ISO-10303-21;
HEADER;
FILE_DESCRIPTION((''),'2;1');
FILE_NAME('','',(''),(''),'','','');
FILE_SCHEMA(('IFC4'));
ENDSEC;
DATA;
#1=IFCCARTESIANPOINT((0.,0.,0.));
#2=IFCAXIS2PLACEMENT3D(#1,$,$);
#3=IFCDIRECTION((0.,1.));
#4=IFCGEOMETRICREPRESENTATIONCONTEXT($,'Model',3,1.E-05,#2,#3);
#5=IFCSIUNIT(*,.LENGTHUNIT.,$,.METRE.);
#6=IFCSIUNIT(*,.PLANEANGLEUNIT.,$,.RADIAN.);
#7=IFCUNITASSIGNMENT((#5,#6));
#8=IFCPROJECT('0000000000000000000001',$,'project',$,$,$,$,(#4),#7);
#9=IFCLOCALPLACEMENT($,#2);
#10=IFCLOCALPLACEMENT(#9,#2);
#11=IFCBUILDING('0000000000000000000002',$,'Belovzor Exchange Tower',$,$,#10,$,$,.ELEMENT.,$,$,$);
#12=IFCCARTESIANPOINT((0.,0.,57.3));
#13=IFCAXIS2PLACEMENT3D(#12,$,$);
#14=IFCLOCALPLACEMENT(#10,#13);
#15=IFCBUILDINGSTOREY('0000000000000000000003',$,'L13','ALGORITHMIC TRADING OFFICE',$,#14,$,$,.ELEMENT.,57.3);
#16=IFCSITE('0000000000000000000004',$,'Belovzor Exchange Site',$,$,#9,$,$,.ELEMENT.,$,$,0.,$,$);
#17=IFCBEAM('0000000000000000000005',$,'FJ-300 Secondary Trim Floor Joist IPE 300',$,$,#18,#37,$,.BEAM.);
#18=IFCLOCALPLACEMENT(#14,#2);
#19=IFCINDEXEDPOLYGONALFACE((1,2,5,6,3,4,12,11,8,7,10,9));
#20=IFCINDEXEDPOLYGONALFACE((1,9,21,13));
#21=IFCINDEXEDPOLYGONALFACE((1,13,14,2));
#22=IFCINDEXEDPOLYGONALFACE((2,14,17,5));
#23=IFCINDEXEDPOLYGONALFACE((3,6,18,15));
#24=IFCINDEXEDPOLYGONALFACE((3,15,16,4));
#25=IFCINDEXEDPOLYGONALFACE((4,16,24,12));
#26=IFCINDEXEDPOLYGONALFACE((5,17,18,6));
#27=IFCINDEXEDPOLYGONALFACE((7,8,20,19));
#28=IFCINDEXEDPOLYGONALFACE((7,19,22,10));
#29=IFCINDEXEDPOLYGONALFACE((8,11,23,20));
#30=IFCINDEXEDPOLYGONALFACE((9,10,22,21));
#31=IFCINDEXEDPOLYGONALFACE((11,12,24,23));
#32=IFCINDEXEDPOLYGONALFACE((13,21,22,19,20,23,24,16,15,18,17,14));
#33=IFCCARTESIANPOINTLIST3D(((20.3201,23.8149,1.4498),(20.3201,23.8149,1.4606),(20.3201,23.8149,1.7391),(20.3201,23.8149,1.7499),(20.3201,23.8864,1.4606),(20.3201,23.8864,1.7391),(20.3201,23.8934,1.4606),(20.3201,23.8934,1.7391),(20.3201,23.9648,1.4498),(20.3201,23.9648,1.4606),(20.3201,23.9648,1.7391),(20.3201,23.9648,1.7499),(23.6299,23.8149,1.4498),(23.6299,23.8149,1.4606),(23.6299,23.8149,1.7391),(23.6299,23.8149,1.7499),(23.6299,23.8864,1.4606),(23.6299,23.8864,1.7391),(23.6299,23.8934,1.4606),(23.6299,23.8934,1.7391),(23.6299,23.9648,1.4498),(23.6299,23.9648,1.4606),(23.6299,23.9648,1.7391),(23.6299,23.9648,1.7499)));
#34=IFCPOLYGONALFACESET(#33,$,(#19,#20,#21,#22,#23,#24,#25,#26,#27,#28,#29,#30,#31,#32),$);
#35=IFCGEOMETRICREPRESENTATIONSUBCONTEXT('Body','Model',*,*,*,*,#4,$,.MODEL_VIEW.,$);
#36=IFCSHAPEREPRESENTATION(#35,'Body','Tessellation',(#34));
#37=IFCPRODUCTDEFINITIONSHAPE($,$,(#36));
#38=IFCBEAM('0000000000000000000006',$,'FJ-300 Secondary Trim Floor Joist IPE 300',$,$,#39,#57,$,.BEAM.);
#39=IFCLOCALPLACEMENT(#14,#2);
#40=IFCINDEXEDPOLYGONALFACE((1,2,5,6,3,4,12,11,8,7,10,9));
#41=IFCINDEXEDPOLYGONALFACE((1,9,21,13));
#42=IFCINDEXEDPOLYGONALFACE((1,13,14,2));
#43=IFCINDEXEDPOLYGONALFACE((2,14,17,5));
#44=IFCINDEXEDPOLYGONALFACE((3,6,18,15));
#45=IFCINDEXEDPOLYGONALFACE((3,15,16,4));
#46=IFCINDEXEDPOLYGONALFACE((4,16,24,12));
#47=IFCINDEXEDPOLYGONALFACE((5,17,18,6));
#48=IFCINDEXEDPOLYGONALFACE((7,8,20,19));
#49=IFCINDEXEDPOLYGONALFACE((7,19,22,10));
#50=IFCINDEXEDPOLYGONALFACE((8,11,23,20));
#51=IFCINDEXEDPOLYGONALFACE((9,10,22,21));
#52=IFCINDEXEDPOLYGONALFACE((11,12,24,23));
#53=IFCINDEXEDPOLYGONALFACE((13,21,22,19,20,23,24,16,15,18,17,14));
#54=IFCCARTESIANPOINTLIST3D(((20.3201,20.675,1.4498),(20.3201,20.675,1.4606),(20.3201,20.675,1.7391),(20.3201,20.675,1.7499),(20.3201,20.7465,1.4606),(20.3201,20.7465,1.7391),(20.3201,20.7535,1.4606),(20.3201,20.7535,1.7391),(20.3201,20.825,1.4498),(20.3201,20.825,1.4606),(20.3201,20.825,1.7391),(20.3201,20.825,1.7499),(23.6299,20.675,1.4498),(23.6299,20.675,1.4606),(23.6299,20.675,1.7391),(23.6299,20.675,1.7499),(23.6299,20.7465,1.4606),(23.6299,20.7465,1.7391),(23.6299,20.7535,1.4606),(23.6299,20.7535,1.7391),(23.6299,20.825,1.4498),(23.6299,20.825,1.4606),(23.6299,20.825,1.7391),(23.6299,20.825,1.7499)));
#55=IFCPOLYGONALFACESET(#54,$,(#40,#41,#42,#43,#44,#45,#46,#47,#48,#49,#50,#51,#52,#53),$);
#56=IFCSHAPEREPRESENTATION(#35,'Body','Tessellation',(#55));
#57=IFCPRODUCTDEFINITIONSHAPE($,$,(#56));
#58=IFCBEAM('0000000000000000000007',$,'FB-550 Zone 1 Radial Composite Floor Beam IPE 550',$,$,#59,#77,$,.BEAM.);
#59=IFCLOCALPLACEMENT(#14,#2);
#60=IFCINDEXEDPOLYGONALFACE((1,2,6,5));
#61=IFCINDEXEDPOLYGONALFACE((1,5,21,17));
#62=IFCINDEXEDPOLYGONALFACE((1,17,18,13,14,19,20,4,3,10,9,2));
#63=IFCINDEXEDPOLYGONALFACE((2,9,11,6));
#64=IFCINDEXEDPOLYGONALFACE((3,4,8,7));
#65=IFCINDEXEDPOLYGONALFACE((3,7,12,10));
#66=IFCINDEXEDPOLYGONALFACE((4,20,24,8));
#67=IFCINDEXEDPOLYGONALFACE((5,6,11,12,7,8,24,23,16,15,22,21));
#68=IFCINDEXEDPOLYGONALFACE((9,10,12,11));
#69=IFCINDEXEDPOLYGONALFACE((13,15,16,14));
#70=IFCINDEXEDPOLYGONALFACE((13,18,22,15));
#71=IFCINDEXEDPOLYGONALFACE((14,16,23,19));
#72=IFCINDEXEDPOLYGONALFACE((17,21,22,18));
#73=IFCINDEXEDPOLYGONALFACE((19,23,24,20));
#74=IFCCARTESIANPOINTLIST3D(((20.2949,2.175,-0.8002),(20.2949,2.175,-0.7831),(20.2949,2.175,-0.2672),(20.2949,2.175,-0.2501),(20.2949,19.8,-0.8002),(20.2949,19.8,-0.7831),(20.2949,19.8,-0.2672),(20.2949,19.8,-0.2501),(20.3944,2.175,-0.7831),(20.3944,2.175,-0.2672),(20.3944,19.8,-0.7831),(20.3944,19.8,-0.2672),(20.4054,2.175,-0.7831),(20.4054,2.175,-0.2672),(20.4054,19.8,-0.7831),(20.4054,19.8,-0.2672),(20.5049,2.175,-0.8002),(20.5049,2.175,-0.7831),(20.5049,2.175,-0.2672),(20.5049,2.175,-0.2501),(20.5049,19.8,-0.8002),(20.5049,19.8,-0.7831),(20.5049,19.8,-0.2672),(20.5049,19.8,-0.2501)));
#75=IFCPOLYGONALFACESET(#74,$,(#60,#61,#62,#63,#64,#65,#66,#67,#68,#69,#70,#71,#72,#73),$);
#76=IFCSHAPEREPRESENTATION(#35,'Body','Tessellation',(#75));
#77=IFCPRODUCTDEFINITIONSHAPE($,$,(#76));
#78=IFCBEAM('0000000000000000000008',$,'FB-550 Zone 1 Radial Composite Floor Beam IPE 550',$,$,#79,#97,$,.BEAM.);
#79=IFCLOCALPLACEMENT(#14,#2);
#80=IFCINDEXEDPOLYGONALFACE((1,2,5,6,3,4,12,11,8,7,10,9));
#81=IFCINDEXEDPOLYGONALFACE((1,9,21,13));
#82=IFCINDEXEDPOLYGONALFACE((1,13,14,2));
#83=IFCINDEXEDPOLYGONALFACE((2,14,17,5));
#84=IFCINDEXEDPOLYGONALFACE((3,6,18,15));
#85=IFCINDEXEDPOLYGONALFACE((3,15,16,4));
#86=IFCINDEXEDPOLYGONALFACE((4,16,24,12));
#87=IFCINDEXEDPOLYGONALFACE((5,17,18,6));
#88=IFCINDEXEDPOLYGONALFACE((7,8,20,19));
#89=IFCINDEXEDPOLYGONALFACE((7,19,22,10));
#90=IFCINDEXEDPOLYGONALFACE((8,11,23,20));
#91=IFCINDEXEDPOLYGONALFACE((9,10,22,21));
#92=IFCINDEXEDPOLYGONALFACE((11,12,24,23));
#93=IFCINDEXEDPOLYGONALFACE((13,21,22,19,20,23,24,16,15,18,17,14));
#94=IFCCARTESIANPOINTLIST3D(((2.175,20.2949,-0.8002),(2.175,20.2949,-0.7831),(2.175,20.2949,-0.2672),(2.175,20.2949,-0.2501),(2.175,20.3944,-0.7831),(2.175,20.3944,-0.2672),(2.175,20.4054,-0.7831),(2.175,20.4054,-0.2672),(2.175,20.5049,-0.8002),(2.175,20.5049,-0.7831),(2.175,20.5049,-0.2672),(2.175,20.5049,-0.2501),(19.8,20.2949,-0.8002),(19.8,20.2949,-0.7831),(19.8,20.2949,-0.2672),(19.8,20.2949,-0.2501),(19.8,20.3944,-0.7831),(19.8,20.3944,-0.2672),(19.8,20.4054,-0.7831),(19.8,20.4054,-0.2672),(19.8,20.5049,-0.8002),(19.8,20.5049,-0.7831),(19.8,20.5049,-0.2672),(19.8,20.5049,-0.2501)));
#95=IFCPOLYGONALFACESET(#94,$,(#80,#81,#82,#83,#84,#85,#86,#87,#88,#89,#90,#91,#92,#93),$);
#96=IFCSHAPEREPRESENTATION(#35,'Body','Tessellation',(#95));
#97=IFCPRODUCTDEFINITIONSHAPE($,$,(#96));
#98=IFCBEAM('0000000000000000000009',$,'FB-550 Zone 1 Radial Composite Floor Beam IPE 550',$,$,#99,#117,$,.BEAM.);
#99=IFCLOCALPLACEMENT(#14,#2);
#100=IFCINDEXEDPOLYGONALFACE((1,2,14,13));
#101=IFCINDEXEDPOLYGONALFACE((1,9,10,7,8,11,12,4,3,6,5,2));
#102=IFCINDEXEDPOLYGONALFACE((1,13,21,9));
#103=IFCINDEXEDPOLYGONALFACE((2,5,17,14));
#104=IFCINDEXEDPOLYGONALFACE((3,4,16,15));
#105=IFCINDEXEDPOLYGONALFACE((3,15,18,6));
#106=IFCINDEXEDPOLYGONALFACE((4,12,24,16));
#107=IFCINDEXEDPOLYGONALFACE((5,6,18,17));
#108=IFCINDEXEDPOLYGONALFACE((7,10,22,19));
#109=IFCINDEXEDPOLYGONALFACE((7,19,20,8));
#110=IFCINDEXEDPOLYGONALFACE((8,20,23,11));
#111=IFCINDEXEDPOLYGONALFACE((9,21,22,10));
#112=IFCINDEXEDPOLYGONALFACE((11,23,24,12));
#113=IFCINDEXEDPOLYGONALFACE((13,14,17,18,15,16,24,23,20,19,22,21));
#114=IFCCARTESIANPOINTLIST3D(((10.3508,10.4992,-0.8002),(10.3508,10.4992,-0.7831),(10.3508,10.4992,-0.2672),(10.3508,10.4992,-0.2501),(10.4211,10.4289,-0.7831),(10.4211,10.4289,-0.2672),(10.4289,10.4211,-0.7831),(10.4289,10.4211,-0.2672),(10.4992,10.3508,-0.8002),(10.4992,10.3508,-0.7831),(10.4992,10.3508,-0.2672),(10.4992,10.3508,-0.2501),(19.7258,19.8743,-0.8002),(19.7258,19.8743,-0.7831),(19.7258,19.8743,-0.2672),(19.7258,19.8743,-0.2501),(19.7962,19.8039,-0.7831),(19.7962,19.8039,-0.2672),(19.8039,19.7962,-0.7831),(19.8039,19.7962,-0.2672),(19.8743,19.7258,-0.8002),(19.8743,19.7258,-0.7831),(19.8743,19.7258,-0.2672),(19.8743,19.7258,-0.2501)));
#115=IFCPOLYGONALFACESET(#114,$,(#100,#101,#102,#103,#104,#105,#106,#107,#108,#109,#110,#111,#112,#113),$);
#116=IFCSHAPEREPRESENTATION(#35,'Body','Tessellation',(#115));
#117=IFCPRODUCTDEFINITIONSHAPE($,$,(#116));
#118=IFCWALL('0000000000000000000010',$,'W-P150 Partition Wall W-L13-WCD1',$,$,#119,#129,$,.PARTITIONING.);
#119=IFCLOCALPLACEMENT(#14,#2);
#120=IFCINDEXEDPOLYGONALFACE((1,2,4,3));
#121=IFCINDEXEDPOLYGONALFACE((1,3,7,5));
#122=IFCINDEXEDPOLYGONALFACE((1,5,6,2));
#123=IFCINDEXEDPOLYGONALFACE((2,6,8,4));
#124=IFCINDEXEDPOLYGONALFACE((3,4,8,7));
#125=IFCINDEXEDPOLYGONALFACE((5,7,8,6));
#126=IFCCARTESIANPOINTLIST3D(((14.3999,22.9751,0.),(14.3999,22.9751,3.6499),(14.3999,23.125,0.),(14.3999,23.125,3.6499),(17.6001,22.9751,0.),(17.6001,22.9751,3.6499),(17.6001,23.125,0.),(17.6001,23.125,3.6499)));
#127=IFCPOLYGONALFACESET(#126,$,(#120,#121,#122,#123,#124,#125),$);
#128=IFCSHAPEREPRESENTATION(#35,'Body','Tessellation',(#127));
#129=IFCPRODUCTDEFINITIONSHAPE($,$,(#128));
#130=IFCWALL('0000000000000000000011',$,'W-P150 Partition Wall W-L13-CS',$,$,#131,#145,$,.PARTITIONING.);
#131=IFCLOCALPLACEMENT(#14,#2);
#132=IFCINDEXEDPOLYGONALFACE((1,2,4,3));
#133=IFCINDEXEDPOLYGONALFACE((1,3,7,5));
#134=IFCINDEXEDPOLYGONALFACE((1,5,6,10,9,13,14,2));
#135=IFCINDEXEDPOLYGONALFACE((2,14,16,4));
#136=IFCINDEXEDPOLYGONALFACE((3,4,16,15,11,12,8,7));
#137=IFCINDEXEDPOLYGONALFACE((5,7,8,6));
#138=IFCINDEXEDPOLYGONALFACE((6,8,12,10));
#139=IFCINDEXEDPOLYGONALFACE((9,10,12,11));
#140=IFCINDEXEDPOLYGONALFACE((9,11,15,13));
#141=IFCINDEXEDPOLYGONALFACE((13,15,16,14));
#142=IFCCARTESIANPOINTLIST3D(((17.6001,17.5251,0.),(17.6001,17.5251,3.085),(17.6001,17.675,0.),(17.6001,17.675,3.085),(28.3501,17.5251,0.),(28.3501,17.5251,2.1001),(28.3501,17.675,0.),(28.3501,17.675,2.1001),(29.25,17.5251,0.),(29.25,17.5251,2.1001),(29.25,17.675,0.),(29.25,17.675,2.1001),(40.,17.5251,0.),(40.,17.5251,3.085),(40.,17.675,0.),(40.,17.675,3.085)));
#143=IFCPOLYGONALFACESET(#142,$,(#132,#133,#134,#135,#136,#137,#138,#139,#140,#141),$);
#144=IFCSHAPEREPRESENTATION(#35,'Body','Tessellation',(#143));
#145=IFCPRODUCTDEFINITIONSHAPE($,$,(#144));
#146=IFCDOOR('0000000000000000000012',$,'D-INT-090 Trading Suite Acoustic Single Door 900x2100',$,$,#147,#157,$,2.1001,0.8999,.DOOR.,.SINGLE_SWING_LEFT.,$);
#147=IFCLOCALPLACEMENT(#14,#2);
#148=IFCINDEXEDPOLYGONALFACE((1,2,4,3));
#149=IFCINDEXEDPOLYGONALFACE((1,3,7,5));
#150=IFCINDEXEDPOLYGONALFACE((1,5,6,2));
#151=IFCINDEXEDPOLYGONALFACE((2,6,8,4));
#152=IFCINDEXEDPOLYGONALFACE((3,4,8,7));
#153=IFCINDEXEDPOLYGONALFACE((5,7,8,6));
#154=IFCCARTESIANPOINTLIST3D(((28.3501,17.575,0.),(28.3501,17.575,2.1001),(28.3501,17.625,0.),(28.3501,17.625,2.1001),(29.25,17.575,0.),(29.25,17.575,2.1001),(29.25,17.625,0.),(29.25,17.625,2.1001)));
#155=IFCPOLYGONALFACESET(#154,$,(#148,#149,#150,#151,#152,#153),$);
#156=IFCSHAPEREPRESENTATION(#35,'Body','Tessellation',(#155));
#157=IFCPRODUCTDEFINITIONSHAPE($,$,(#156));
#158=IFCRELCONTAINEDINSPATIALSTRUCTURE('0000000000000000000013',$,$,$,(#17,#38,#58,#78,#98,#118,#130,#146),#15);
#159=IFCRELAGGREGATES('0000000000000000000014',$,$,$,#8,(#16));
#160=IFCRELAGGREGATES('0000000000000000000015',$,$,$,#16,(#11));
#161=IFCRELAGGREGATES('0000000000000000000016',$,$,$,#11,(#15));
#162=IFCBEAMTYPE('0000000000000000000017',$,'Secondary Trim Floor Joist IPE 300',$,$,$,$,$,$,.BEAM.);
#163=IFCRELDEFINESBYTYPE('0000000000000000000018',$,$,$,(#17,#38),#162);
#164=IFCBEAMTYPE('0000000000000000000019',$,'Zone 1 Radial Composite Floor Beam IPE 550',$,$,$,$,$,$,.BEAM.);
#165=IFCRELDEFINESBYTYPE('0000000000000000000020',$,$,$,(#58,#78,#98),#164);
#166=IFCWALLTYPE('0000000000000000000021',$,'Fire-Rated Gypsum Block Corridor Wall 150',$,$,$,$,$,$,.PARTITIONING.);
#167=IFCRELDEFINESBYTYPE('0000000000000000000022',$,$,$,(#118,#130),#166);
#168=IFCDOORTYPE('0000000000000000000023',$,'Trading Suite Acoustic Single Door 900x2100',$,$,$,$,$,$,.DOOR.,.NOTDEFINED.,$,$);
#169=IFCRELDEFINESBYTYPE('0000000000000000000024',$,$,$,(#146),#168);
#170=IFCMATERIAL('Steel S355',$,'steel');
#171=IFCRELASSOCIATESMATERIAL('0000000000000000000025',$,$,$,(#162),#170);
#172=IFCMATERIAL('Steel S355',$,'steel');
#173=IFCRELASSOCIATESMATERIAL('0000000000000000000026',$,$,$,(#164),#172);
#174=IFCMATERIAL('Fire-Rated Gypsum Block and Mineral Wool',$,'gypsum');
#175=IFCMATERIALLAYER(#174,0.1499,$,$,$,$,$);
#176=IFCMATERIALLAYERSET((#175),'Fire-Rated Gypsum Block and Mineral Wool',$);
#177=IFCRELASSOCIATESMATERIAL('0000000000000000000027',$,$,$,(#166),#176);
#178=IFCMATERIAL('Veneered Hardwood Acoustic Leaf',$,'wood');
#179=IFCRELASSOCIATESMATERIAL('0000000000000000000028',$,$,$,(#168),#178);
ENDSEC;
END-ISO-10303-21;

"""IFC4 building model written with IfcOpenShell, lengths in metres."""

from ifc_helpers import new_model, si_unit, direction, frame, frame_2d, origin, origin_2d, place, context, subcontext, project, spatial, rectangle, i_section, extrude, material, layer, layer_set, material_profile, profile_set, type_object, element, fill, save


model = new_model("IFC4")

# Units and contexts
model_context = context("Model", 3, precision=1e-05, world=origin(), true_north=direction((0.0, 1.0)))
body_context = subcontext(model_context, "Body", "Model", "MODEL_VIEW")
ifc_project = project(units=[si_unit("LENGTHUNIT", "METRE"), si_unit("PLANEANGLEUNIT", "RADIAN")], contexts=[model_context])

# Site, building, storey
site_placement = place(None, origin())
site = spatial("IfcSite", under=ifc_project, at=site_placement, Name="Belovzor Exchange Site", CompositionType="ELEMENT", RefElevation=0.0)
building_placement = place(site_placement, origin())
building = spatial("IfcBuilding", under=site, at=building_placement, Name="Belovzor Exchange Tower", CompositionType="ELEMENT")
storey_placement = place(building_placement, frame((0.0, 0.0, 57.3)))
storey = spatial("IfcBuildingStorey", under=building, at=storey_placement, Name="L13", Description="ALGORITHMIC TRADING OFFICE", CompositionType="ELEMENT", Elevation=57.3)

# Beams
ifc_material_1 = material(Name="Steel S355", Category="steel")
ifc_material_profile_1 = material_profile(ifc_material_1, i_section(OverallWidth=0.1499, OverallDepth=0.3, WebThickness=0.0071, FlangeThickness=0.0107, at=origin_2d()))
ifc_profile_set_1 = profile_set([ifc_material_profile_1], Name="Steel S355")
beam_type_1 = type_object("IfcBeamType", Name="Secondary Trim Floor Joist IPE 300", PredefinedType="BEAM", material=ifc_profile_set_1)
for number, where, z_axis, x_axis, name in (
    (1, (20.3201, 23.8899, 1.5999), (1.0, 0.0, 0.0), (0.0, 1.0, 0.0), "FJ-300 Secondary Trim Floor Joist IPE 300"),
    (2, (20.3201, 20.75, 1.5999), (1.0, 0.0, 0.0), (0.0, 1.0, 0.0), "FJ-300 Secondary Trim Floor Joist IPE 300"),
):
    element("IfcBeam", number, at=place(storey_placement, frame(where, z_axis=z_axis, x_axis=x_axis)), inside=storey, type_object=beam_type_1, Name=name, PredefinedType="BEAM", context=body_context, shape_type="SweptSolid", body=[
        extrude(i_section(OverallWidth=0.1499, OverallDepth=0.3, WebThickness=0.0071, FlangeThickness=0.0107, at=origin_2d()), origin(), (0.0, 0.0, 1.0), 3.3098),
    ])
ifc_material_2 = material(Name="Steel S355", Category="steel")
ifc_material_profile_2 = material_profile(ifc_material_2, i_section(OverallWidth=0.21, OverallDepth=0.55, WebThickness=0.011, FlangeThickness=0.0171, at=origin_2d()))
ifc_profile_set_2 = profile_set([ifc_material_profile_2], Name="Steel S355")
beam_type_2 = type_object("IfcBeamType", Name="Zone 1 Radial Composite Floor Beam IPE 550", PredefinedType="BEAM", material=ifc_profile_set_2)
for number, where, z_axis, x_axis, name in (
    (3, (20.3999, 19.8, -0.5251), (0.0, -1.0, 0.0), (1.0, 0.0, 0.0), "FB-550 Zone 1 Radial Composite Floor Beam IPE 550"),
    (4, (19.8, 20.3999, -0.5251), (-1.0, 0.0, 0.0), (0.0, -1.0, 0.0), "FB-550 Zone 1 Radial Composite Floor Beam IPE 550"),
):
    element("IfcBeam", number, at=place(storey_placement, frame(where, z_axis=z_axis, x_axis=x_axis)), inside=storey, type_object=beam_type_2, Name=name, PredefinedType="BEAM", context=body_context, shape_type="SweptSolid", body=[
        extrude(i_section(OverallWidth=0.21, OverallDepth=0.55, WebThickness=0.011, FlangeThickness=0.0171, at=origin_2d()), origin(), (0.0, 0.0, 1.0), 17.625),
    ])
beam_placement = place(storey_placement, frame((19.8, 19.8, -0.5251), z_axis=(-0.707107, -0.707107, 0.0), x_axis=(0.707107, -0.707107, 0.0)))
element("IfcBeam", 5, at=beam_placement, inside=storey, type_object=beam_type_2, Name="FB-550 Zone 1 Radial Composite Floor Beam IPE 550", PredefinedType="BEAM", context=body_context, shape_type="SweptSolid", body=[
    extrude(i_section(OverallWidth=0.21, OverallDepth=0.55, WebThickness=0.011, FlangeThickness=0.0171, at=origin_2d()), origin(), (0.0, 0.0, 1.0), 13.2583),
])

# Wall
ifc_material_3 = material(Name="Fire-Rated Gypsum Block and Mineral Wool", Category="gypsum")
ifc_layer_1 = layer(ifc_material_3, 0.1499)
ifc_layer_set_1 = layer_set([ifc_layer_1], Name="Fire-Rated Gypsum Block and Mineral Wool")
wall_type_1 = type_object("IfcWallType", Name="Fire-Rated Gypsum Block Corridor Wall 150", PredefinedType="PARTITIONING", material=ifc_layer_set_1)
wall_1_placement = place(storey_placement, frame((14.3999, 23.05, 0.0), z_axis=(0.0, 0.0, 1.0), x_axis=(1.0, 0.0, 0.0)))
element("IfcWall", 6, at=wall_1_placement, inside=storey, type_object=wall_type_1, Name="W-P150 Partition Wall W-L13-WCD1", PredefinedType="PARTITIONING", context=body_context, shape_type="SweptSolid", body=[
    extrude(rectangle(XDim=3.2002, YDim=0.1499, at=frame_2d((1.6001, 0.0))), origin(), (0.0, 0.0, 1.0), 3.6499),
])

# Wall, opening, door
wall_2_placement = place(storey_placement, frame((17.6001, 17.6001, 0.0), z_axis=(0.0, 0.0, 1.0), x_axis=(1.0, 0.0, 0.0)))
wall_2 = element("IfcWall", 7, at=wall_2_placement, inside=storey, type_object=wall_type_1, Name="W-P150 Partition Wall W-L13-CS", PredefinedType="PARTITIONING", context=body_context, shape_type="SweptSolid", body=[
    extrude(rectangle(XDim=22.3999, YDim=0.1499, at=frame_2d((11.2, 0.0))), origin(), (0.0, 0.0, 1.0), 3.085),
])
opening_1_placement = place(wall_2_placement, frame((10.75, 0.0, 0.0)))
opening_1 = element("IfcOpeningElement", 8, at=opening_1_placement, cuts=wall_2, PredefinedType="OPENING", context=body_context, shape_type="SweptSolid", body=[
    extrude(rectangle(XDim=0.8999, YDim=2.1001, at=frame_2d((0.45, 1.05))), frame((0.0, 0.085, 0.0), z_axis=(0.0, -1.0, 0.0), x_axis=(1.0, 0.0, 0.0)), (0.0, 0.0, 1.0), 0.1699),
])
ifc_material_4 = material(Name="Veneered Hardwood Acoustic Leaf", Category="wood")
door_type_1 = type_object("IfcDoorType", Name="Trading Suite Acoustic Single Door 900x2100", OperationType="NOTDEFINED", PredefinedType="DOOR", material=ifc_material_4)
door_1_placement = place(opening_1_placement, origin())
door_1 = element("IfcDoor", 9, at=door_1_placement, inside=storey, type_object=door_type_1, Name="D-INT-090 Trading Suite Acoustic Single Door 900x2100", OperationType="SINGLE_SWING_LEFT", OverallHeight=2.1001, OverallWidth=0.8999, PredefinedType="DOOR", context=body_context, shape_type="SweptSolid", body=[
    extrude(rectangle(XDim=0.8999, YDim=2.1001, at=frame_2d((0.45, 1.05))), frame((0.0, 0.0249, 0.0), z_axis=(0.0, -1.0, 0.0), x_axis=(1.0, 0.0, 0.0)), (0.0, 0.0, 1.0), 0.05),
])
fill(opening_1, door_1)

save(model, "model.ifc")
